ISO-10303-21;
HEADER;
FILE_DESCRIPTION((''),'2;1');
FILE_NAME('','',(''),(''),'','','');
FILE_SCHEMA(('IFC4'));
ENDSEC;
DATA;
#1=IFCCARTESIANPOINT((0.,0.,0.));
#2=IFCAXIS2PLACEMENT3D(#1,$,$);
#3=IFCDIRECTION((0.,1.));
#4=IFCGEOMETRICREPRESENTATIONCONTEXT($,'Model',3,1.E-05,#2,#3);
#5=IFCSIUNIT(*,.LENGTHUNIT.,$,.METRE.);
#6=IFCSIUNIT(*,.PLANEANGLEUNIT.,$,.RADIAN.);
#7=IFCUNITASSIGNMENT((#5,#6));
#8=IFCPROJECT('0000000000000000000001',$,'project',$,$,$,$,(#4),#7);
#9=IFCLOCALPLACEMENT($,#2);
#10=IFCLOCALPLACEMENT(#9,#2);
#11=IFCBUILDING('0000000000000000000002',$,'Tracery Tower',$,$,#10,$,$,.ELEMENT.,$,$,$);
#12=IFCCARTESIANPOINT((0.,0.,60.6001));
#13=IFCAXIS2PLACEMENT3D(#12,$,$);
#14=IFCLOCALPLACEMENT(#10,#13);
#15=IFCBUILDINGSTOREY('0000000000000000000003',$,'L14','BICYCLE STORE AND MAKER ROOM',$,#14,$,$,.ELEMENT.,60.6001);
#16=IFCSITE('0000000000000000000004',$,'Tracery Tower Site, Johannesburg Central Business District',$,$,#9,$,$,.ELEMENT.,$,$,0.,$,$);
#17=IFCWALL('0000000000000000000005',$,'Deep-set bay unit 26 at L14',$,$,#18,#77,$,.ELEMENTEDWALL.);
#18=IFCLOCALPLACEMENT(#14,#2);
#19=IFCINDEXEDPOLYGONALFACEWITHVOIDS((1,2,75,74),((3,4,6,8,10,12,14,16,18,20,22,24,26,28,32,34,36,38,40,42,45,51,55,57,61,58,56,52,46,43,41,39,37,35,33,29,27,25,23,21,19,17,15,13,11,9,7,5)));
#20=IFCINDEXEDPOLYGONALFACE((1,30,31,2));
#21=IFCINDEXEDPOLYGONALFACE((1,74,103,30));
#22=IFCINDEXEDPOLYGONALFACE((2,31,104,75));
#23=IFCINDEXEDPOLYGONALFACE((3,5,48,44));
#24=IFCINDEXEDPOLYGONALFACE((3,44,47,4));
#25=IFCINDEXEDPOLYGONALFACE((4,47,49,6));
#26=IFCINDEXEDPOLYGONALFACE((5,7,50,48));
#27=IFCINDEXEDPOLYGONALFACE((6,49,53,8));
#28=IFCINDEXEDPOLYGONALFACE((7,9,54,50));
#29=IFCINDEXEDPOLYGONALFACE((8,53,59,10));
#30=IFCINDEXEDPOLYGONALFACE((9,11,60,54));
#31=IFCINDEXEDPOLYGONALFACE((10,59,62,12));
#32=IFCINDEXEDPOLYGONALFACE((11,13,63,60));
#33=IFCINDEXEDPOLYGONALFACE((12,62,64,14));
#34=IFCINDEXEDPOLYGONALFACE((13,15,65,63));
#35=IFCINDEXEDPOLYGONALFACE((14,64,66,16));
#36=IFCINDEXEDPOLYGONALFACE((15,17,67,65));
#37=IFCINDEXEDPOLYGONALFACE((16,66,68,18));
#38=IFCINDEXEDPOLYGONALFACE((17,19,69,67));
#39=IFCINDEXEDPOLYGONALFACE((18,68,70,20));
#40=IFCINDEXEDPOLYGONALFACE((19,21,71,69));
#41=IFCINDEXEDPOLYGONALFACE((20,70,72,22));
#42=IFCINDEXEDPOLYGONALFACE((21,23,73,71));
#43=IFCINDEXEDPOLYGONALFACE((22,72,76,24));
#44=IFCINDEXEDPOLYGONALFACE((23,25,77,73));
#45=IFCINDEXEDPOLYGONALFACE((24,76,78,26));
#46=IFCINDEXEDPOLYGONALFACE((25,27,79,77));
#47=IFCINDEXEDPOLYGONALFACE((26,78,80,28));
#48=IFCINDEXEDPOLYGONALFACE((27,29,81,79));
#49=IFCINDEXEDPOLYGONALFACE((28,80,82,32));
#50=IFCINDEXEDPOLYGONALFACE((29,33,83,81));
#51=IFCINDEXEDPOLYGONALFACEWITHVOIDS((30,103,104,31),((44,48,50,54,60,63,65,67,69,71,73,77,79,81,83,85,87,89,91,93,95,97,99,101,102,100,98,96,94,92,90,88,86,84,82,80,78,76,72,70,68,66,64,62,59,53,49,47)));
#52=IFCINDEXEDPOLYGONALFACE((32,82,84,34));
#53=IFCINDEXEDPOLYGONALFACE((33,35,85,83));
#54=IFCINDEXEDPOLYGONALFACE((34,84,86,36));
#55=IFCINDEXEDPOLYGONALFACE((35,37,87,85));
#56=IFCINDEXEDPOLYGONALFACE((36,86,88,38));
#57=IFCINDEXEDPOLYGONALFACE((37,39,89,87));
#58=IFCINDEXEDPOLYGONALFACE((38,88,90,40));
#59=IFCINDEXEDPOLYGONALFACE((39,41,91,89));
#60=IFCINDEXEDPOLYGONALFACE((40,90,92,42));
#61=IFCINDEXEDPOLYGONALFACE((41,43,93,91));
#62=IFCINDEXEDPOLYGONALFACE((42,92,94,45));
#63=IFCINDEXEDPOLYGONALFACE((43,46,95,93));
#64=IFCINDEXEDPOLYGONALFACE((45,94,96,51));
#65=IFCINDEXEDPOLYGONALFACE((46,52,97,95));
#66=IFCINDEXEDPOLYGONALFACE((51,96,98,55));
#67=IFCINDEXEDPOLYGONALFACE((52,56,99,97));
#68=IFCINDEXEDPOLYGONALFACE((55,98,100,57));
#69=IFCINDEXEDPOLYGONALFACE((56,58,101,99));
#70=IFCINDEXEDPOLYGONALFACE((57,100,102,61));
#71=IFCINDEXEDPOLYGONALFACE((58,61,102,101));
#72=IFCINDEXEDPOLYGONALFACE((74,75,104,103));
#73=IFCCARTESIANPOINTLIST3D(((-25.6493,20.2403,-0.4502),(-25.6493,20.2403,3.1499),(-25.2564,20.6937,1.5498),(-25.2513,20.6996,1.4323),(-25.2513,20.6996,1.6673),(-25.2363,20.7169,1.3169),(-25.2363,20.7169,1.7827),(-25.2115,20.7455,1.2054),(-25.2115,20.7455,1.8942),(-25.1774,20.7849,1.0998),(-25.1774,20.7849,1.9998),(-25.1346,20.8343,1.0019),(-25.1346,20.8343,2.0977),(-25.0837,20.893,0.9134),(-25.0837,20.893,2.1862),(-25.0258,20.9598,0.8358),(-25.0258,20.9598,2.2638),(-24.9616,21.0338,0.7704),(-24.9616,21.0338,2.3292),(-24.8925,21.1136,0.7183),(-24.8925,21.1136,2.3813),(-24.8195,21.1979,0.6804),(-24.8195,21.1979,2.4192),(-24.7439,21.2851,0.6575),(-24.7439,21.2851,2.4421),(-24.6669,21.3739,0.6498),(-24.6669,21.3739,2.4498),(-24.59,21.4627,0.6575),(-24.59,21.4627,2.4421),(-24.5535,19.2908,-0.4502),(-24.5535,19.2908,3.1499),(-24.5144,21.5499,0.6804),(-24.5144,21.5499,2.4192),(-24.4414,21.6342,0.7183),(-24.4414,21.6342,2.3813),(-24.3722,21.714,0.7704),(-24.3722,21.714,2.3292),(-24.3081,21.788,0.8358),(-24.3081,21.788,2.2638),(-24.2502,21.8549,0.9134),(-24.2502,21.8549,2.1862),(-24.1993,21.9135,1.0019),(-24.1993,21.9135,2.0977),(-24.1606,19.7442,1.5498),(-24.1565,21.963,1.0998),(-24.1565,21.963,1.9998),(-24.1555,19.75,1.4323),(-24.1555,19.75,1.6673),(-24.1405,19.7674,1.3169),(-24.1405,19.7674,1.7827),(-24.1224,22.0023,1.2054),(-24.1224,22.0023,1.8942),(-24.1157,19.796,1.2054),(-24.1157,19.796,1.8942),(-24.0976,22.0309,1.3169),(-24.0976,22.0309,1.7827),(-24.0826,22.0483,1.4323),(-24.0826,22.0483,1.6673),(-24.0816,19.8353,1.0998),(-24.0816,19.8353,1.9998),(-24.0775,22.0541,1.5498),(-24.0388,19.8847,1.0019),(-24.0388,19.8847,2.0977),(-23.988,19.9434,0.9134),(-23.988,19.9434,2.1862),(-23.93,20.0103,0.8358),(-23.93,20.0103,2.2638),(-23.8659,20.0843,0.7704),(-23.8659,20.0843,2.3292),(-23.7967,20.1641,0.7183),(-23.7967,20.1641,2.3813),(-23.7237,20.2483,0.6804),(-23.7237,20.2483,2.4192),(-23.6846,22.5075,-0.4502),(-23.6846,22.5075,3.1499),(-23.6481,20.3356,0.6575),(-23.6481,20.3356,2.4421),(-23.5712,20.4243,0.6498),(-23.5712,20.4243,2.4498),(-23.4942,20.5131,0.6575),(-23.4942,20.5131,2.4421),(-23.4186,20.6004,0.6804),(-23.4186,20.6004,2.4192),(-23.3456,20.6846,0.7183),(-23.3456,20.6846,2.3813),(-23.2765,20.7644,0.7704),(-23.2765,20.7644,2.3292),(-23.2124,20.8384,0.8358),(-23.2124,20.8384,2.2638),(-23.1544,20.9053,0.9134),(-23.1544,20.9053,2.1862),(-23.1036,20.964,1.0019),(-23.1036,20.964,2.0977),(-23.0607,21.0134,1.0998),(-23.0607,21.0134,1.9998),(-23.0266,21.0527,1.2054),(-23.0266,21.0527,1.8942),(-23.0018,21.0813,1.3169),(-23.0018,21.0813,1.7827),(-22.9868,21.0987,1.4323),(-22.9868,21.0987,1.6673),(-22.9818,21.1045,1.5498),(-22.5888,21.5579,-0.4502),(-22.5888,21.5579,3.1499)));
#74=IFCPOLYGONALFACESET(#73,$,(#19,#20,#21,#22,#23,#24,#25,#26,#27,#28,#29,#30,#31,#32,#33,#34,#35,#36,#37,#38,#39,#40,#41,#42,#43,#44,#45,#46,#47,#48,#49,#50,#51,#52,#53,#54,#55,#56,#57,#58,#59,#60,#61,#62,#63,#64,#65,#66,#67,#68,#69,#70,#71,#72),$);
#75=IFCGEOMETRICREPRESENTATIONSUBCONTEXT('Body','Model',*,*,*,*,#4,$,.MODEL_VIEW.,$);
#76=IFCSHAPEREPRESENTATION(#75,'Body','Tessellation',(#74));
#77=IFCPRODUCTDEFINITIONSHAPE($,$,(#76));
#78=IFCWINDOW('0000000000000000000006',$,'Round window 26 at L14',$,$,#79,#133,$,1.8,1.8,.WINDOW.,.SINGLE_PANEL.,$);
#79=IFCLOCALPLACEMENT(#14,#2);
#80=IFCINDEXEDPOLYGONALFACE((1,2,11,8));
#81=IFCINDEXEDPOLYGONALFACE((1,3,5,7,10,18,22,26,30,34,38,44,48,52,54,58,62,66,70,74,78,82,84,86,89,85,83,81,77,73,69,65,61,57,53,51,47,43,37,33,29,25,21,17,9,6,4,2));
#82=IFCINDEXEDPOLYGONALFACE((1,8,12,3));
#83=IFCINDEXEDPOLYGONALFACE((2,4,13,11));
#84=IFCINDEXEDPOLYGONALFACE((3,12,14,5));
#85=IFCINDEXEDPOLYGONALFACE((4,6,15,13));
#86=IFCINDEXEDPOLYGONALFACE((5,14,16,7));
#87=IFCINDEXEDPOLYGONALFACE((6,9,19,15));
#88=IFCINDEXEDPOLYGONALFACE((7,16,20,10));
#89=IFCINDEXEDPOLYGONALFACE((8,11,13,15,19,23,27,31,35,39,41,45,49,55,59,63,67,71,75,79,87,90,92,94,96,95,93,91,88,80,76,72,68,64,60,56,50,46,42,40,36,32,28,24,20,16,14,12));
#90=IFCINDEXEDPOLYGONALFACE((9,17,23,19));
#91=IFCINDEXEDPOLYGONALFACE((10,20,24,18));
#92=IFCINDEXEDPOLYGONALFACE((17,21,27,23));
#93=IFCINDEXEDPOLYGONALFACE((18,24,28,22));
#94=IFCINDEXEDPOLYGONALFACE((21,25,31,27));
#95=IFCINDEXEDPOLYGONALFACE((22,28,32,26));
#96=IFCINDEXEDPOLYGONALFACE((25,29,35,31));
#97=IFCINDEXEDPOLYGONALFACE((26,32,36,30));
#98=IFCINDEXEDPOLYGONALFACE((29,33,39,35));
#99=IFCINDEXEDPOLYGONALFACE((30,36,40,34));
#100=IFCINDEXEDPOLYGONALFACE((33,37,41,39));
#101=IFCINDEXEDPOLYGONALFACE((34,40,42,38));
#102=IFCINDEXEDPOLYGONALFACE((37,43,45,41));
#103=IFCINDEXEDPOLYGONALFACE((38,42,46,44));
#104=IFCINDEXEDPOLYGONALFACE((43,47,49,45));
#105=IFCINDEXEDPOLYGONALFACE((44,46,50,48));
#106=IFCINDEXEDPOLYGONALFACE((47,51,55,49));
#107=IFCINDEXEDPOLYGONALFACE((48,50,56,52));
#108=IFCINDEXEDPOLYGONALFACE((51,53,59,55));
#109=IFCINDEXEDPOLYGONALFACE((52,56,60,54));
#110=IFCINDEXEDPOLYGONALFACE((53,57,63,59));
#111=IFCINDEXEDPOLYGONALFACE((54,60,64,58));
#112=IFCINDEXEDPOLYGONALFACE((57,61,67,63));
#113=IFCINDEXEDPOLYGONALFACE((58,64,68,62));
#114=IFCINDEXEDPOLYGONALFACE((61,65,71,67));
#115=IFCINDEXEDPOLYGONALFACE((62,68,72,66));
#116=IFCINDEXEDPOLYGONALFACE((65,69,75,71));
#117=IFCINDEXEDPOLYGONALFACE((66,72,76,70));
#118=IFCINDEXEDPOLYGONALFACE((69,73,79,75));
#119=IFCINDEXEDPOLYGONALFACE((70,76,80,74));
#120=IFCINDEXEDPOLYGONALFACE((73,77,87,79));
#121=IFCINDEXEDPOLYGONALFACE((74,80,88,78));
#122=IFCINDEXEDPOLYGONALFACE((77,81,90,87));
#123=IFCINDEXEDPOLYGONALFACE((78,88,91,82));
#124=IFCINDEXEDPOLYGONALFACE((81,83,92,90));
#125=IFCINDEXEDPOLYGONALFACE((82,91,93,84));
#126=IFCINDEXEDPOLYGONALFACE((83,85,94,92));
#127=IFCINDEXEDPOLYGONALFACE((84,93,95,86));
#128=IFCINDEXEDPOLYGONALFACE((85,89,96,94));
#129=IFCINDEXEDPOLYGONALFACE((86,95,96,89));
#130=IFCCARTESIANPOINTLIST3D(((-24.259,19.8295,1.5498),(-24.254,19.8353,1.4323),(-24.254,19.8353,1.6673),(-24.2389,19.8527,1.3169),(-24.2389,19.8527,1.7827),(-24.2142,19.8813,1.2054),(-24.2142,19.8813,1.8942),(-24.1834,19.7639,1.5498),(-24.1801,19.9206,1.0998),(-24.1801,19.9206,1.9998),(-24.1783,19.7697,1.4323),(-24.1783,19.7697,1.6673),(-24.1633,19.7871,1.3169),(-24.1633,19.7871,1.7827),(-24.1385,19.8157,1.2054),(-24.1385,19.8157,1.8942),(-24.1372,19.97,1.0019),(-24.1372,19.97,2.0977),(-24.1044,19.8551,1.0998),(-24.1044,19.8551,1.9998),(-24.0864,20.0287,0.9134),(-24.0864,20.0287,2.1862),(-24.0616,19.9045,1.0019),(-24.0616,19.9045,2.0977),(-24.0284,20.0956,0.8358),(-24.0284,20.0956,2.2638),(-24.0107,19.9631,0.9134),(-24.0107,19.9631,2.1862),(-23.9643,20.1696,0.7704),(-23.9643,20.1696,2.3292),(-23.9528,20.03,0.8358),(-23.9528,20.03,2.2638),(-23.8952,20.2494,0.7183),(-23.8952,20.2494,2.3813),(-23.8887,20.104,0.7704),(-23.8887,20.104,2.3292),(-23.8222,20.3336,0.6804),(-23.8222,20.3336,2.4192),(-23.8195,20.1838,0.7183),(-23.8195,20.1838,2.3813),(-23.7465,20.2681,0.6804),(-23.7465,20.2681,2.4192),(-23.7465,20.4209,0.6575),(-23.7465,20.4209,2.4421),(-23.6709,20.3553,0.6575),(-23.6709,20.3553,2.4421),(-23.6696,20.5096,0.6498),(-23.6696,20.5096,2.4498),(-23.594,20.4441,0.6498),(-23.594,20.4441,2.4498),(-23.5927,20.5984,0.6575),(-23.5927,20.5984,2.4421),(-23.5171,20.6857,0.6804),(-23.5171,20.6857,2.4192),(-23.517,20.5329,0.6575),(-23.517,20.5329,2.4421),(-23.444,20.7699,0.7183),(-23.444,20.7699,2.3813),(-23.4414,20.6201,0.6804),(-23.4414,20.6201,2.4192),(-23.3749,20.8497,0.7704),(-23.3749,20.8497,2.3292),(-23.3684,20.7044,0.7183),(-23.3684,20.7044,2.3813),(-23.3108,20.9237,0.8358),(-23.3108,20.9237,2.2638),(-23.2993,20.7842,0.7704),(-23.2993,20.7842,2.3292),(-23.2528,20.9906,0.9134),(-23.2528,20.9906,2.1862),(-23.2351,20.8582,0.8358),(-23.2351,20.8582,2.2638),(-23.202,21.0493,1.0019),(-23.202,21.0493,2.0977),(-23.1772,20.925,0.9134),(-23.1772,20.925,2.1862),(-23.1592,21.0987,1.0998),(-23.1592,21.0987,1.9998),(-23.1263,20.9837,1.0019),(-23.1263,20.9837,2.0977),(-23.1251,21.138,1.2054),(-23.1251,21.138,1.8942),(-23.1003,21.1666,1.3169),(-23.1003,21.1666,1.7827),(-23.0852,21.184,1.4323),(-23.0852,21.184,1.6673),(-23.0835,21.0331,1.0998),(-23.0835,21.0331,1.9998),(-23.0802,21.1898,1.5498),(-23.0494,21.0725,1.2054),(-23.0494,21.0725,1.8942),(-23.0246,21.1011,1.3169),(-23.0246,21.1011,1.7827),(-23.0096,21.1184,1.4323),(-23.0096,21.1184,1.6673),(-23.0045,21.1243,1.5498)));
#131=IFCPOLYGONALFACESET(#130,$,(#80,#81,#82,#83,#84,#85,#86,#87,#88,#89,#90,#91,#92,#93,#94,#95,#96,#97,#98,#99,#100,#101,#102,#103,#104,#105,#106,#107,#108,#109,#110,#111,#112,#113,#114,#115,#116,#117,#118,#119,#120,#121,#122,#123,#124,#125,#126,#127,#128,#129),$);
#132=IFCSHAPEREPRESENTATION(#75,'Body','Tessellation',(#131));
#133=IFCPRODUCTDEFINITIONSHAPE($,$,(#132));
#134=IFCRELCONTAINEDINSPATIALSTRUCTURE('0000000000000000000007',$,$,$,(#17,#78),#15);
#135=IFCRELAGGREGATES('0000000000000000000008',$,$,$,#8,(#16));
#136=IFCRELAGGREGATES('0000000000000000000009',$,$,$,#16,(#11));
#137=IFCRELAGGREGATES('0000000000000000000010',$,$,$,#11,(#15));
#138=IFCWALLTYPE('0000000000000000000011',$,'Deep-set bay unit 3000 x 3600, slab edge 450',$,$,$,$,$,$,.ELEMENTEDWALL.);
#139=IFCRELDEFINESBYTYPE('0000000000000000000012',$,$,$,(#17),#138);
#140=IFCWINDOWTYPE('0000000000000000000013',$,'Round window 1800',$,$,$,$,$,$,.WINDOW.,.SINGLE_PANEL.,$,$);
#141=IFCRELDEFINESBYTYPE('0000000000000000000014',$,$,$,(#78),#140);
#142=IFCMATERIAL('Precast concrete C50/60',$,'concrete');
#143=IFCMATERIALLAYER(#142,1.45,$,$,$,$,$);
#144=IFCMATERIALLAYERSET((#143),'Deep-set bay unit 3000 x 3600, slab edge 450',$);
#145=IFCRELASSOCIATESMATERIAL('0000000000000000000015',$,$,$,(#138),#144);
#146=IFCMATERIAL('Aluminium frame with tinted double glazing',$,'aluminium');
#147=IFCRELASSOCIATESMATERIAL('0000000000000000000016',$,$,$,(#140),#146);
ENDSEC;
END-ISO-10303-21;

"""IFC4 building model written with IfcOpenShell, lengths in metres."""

from ifc_helpers import new_model, si_unit, direction, frame, frame_2d, origin, origin_2d, place, context, subcontext, project, spatial, rectangle, circle, extrude, material, layer, layer_set, type_object, element, fill, save


model = new_model("IFC4")

# Units and contexts
model_context = context("Model", 3, precision=1e-05, world=origin(), true_north=direction((0.0, 1.0)))
body_context = subcontext(model_context, "Body", "Model", "MODEL_VIEW")
ifc_project = project(units=[si_unit("LENGTHUNIT", "METRE"), si_unit("PLANEANGLEUNIT", "RADIAN")], contexts=[model_context])

# Site, building, storey
site_placement = place(None, origin())
site = spatial("IfcSite", under=ifc_project, at=site_placement, Name="Tracery Tower Site, Johannesburg Central Business District", CompositionType="ELEMENT", RefElevation=0.0)
building_placement = place(site_placement, origin())
building = spatial("IfcBuilding", under=site, at=building_placement, Name="Tracery Tower", CompositionType="ELEMENT")
storey_placement = place(building_placement, frame((0.0, 0.0, 60.6001)))
storey = spatial("IfcBuildingStorey", under=building, at=storey_placement, Name="L14", Description="BICYCLE STORE AND MAKER ROOM", CompositionType="ELEMENT", Elevation=60.6001)

# Wall, opening, window
ifc_material_1 = material(Name="Precast concrete C50/60", Category="concrete")
ifc_layer_1 = layer(ifc_material_1, 1.45)
ifc_layer_set_1 = layer_set([ifc_layer_1], Name="Deep-set bay unit 3000 x 3600, slab edge 450")
wall_type_1 = type_object("IfcWallType", Name="Deep-set bay unit 3000 x 3600, slab edge 450", PredefinedType="ELEMENTEDWALL", material=ifc_layer_set_1)
wall_1_placement = place(storey_placement, frame((-23.1367, 22.0327, -0.4502), z_axis=(0.0, 0.0, 1.0), x_axis=(-0.65489, -0.755724, 0.0)))
wall_1 = element("IfcWall", 1, at=wall_1_placement, inside=storey, type_object=wall_type_1, Name="Deep-set bay unit 26 at L14", PredefinedType="ELEMENTEDWALL", context=body_context, shape_type="SweptSolid", body=[
    extrude(rectangle(XDim=3.0, YDim=1.45, at=frame_2d((1.5, 0.0))), origin(), (0.0, 0.0, 1.0), 3.6001),
])
opening_1_placement = place(wall_1_placement, frame((1.5, 0.0, 2.0)))
opening_1 = element("IfcOpeningElement", 2, at=opening_1_placement, cuts=wall_1, PredefinedType="OPENING", context=body_context, shape_type="SweptSolid", body=[
    extrude(circle(Radius=0.9, at=origin_2d()), frame((0.0, 0.7349, 0.0), z_axis=(0.0, -1.0, 0.0), x_axis=(1.0, 0.0, 0.0)), (0.0, 0.0, 1.0), 1.47),
])
ifc_material_2 = material(Name="Aluminium frame with tinted double glazing", Category="aluminium")
window_type = type_object("IfcWindowType", Name="Round window 1800", PartitioningType="SINGLE_PANEL", PredefinedType="WINDOW", material=ifc_material_2)
window_1_placement = place(opening_1_placement, origin())
window_1 = element("IfcWindow", 3, at=window_1_placement, inside=storey, type_object=window_type, Name="Round window 26 at L14", OverallHeight=1.8, OverallWidth=1.8, PartitioningType="SINGLE_PANEL", PredefinedType="WINDOW", context=body_context, shape_type="SweptSolid", body=[
    extrude(circle(Radius=0.9, at=origin_2d()), frame((0.0, 0.6948, 0.0), z_axis=(0.0, -1.0, 0.0), x_axis=(1.0, 0.0, 0.0)), (0.0, 0.0, 1.0), 0.1001),
])
fill(opening_1, window_1)

save(model, "model.ifc")
